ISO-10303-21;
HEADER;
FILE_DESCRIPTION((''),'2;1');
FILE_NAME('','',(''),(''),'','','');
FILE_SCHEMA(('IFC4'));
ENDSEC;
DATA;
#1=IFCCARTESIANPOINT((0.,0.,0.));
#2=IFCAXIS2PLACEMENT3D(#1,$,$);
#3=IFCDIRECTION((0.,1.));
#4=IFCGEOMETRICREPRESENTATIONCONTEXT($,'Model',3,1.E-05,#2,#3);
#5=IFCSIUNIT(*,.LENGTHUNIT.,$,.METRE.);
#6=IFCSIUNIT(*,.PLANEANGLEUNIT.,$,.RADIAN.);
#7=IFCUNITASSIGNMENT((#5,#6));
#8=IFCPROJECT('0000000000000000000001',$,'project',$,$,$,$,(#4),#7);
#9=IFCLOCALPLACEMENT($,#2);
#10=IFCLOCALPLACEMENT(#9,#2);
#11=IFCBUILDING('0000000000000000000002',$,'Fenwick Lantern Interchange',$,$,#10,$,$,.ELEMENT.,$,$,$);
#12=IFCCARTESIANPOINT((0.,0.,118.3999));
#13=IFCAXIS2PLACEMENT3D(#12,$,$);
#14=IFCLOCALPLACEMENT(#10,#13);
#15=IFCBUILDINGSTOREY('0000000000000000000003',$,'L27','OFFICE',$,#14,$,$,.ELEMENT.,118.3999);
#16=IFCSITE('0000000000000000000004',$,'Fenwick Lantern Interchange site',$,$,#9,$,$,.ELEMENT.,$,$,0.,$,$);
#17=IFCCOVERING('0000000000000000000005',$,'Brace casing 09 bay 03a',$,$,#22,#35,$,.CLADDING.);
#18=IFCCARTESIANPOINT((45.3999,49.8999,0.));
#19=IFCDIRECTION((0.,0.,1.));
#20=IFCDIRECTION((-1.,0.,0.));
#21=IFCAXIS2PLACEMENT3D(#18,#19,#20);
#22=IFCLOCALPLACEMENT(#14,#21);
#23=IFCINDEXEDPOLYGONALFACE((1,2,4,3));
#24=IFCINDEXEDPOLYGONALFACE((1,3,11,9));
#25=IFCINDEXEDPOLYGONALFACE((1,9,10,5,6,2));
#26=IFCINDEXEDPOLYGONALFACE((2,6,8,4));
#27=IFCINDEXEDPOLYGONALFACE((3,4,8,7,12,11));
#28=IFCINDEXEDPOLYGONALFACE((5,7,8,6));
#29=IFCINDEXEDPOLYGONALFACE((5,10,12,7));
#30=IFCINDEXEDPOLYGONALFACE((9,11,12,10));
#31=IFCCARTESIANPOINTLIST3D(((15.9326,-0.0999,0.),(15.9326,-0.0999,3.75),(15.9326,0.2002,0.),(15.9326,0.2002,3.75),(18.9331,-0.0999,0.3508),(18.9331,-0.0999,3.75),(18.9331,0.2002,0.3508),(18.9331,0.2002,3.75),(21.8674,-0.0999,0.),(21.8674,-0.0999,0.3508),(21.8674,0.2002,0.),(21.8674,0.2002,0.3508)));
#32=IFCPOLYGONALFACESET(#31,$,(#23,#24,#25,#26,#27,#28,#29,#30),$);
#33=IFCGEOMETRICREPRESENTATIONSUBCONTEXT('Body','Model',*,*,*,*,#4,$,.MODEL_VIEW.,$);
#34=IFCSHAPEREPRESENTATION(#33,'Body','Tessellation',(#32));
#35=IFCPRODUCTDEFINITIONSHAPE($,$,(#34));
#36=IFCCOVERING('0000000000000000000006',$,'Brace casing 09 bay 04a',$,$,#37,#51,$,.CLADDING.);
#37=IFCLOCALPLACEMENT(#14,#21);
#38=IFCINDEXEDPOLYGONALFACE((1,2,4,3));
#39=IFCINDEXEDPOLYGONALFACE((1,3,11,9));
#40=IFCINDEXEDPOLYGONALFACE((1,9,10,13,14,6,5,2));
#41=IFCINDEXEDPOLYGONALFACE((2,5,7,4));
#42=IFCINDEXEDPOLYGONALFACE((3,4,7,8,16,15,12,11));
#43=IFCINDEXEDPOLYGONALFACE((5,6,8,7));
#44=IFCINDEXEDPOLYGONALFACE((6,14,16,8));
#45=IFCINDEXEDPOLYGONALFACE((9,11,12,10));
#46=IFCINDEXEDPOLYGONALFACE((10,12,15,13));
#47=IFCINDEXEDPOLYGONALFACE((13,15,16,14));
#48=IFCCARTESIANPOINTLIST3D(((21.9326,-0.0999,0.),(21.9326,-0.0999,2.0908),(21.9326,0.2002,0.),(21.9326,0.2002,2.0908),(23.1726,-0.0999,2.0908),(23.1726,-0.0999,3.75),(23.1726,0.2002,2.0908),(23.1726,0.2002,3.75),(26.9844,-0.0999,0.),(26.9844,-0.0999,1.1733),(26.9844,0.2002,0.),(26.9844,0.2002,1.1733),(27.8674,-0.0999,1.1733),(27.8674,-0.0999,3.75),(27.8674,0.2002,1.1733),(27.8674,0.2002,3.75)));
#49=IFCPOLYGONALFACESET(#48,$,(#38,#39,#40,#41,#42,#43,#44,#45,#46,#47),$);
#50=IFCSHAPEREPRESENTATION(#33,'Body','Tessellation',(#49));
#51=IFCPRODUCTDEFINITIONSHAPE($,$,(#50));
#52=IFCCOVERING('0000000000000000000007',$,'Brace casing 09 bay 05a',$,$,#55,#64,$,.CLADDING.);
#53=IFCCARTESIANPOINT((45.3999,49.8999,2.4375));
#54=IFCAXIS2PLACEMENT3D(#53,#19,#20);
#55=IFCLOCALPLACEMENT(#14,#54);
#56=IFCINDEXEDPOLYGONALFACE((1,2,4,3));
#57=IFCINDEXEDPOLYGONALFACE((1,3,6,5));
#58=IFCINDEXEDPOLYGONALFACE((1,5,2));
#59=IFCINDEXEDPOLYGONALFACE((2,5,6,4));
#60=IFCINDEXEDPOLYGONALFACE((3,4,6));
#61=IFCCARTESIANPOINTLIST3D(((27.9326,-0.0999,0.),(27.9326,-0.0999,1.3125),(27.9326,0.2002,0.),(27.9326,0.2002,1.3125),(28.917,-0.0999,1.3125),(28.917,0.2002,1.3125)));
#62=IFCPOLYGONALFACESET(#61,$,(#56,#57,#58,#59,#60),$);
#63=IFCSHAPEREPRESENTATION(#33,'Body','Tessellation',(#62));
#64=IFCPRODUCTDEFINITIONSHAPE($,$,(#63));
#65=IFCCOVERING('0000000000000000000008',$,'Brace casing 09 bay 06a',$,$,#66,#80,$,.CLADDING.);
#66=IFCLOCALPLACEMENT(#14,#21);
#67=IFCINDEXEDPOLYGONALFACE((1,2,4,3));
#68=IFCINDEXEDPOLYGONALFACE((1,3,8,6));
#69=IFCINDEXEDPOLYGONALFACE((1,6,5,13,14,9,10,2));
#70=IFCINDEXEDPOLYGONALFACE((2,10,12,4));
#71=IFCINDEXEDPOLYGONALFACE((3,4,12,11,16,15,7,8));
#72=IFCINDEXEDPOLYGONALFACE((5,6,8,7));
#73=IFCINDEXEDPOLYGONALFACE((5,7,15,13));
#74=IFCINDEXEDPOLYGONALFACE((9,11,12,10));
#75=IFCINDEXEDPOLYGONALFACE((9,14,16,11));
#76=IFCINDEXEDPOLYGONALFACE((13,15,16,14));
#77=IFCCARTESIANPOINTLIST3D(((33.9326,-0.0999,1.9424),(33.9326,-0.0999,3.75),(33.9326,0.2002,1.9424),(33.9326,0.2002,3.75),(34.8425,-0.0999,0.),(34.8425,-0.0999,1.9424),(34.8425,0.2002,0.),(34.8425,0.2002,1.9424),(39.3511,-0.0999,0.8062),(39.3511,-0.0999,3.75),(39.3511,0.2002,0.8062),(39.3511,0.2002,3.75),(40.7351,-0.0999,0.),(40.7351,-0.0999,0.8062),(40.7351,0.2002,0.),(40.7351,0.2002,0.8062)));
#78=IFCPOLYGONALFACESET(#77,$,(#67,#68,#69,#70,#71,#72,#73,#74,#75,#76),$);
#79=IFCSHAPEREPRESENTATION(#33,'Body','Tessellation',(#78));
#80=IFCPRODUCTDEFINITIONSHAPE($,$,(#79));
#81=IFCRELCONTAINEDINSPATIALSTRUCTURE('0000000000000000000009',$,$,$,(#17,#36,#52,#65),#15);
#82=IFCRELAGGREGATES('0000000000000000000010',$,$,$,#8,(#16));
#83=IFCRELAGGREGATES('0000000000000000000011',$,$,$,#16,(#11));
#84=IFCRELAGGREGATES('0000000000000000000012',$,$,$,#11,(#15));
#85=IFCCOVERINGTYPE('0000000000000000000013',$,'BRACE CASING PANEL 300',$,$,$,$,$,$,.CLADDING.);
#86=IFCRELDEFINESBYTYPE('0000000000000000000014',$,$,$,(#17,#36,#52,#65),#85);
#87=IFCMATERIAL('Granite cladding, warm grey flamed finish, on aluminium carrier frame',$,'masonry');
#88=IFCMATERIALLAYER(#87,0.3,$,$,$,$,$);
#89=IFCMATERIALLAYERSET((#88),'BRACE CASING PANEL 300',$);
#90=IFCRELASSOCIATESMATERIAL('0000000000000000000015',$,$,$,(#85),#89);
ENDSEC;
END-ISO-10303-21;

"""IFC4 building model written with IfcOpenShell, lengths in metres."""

from ifc_helpers import new_model, si_unit, direction, frame, origin, place, context, subcontext, project, spatial, polyline, outline, extrude, material, layer, layer_set, type_object, element, save


model = new_model("IFC4")

# Units and contexts
model_context = context("Model", 3, precision=1e-05, world=origin(), true_north=direction((0.0, 1.0)))
body_context = subcontext(model_context, "Body", "Model", "MODEL_VIEW")
ifc_project = project(units=[si_unit("LENGTHUNIT", "METRE"), si_unit("PLANEANGLEUNIT", "RADIAN")], contexts=[model_context])

# Site, building, storey
site_placement = place(None, origin())
site = spatial("IfcSite", under=ifc_project, at=site_placement, Name="Fenwick Lantern Interchange site", CompositionType="ELEMENT", RefElevation=0.0)
building_placement = place(site_placement, origin())
building = spatial("IfcBuilding", under=site, at=building_placement, Name="Fenwick Lantern Interchange", CompositionType="ELEMENT")
storey_placement = place(building_placement, frame((0.0, 0.0, 118.3999)))
storey = spatial("IfcBuildingStorey", under=building, at=storey_placement, Name="L27", Description="OFFICE", CompositionType="ELEMENT", Elevation=118.3999)

# Coverings
ifc_material_1 = material(Name="Granite cladding, warm grey flamed finish, on aluminium carrier frame", Category="masonry")
ifc_layer_1 = layer(ifc_material_1, 0.3)
ifc_layer_set_1 = layer_set([ifc_layer_1], Name="BRACE CASING PANEL 300")
covering_type = type_object("IfcCoveringType", Name="BRACE CASING PANEL 300", PredefinedType="CLADDING", material=ifc_layer_set_1)
covering_1_placement = place(storey_placement, frame((45.3999, 49.8999, 0.0), z_axis=(0.0, 0.0, 1.0), x_axis=(-1.0, 0.0, 0.0)))
element("IfcCovering", 1, at=covering_1_placement, inside=storey, type_object=covering_type, Name="Brace casing 09 bay 03a", PredefinedType="CLADDING", context=body_context, shape_type="SweptSolid", body=[
    extrude(outline(polyline([(15.9326, 0.0), (21.8674, 0.0), (21.8674, 0.3508), (18.9331, 0.3508), (18.9331, 3.75), (15.9326, 3.75), (15.9326, 0.0)])), frame((0.0, 0.2002, 0.0), z_axis=(0.0, -1.0, 0.0), x_axis=(1.0, 0.0, 0.0)), (0.0, 0.0, 1.0), 0.3),
])
covering_2_placement = place(storey_placement, frame((45.3999, 49.8999, 0.0), z_axis=(0.0, 0.0, 1.0), x_axis=(-1.0, 0.0, 0.0)))
element("IfcCovering", 2, at=covering_2_placement, inside=storey, type_object=covering_type, Name="Brace casing 09 bay 04a", PredefinedType="CLADDING", context=body_context, shape_type="SweptSolid", body=[
    extrude(outline(polyline([(21.9326, 0.0), (26.9844, 0.0), (26.9844, 1.1733), (27.8674, 1.1733), (27.8674, 3.75), (23.1726, 3.75), (23.1726, 2.0908), (21.9326, 2.0908), (21.9326, 0.0)])), frame((0.0, 0.2002, 0.0), z_axis=(0.0, -1.0, 0.0), x_axis=(1.0, 0.0, 0.0)), (0.0, 0.0, 1.0), 0.3),
])
covering_3_placement = place(storey_placement, frame((45.3999, 49.8999, 2.4375), z_axis=(0.0, 0.0, 1.0), x_axis=(-1.0, 0.0, 0.0)))
element("IfcCovering", 3, at=covering_3_placement, inside=storey, type_object=covering_type, Name="Brace casing 09 bay 05a", PredefinedType="CLADDING", context=body_context, shape_type="SweptSolid", body=[
    extrude(outline(polyline([(27.9326, 0.0), (28.917, 1.3125), (27.9326, 1.3125), (27.9326, 0.0)])), frame((0.0, 0.2002, 0.0), z_axis=(0.0, -1.0, 0.0), x_axis=(1.0, 0.0, 0.0)), (0.0, 0.0, 1.0), 0.3),
])
covering_4_placement = place(storey_placement, frame((45.3999, 49.8999, 0.0), z_axis=(0.0, 0.0, 1.0), x_axis=(-1.0, 0.0, 0.0)))
element("IfcCovering", 4, at=covering_4_placement, inside=storey, type_object=covering_type, Name="Brace casing 09 bay 06a", PredefinedType="CLADDING", context=body_context, shape_type="SweptSolid", body=[
    extrude(outline(polyline([(34.8425, 0.0), (40.7351, 0.0), (40.7351, 0.8062), (39.3511, 0.8062), (39.3511, 3.75), (33.9326, 3.75), (33.9326, 1.9424), (34.8425, 1.9424), (34.8425, 0.0)])), frame((0.0, 0.2002, 0.0), z_axis=(0.0, -1.0, 0.0), x_axis=(1.0, 0.0, 0.0)), (0.0, 0.0, 1.0), 0.3),
])

save(model, "model.ifc")
